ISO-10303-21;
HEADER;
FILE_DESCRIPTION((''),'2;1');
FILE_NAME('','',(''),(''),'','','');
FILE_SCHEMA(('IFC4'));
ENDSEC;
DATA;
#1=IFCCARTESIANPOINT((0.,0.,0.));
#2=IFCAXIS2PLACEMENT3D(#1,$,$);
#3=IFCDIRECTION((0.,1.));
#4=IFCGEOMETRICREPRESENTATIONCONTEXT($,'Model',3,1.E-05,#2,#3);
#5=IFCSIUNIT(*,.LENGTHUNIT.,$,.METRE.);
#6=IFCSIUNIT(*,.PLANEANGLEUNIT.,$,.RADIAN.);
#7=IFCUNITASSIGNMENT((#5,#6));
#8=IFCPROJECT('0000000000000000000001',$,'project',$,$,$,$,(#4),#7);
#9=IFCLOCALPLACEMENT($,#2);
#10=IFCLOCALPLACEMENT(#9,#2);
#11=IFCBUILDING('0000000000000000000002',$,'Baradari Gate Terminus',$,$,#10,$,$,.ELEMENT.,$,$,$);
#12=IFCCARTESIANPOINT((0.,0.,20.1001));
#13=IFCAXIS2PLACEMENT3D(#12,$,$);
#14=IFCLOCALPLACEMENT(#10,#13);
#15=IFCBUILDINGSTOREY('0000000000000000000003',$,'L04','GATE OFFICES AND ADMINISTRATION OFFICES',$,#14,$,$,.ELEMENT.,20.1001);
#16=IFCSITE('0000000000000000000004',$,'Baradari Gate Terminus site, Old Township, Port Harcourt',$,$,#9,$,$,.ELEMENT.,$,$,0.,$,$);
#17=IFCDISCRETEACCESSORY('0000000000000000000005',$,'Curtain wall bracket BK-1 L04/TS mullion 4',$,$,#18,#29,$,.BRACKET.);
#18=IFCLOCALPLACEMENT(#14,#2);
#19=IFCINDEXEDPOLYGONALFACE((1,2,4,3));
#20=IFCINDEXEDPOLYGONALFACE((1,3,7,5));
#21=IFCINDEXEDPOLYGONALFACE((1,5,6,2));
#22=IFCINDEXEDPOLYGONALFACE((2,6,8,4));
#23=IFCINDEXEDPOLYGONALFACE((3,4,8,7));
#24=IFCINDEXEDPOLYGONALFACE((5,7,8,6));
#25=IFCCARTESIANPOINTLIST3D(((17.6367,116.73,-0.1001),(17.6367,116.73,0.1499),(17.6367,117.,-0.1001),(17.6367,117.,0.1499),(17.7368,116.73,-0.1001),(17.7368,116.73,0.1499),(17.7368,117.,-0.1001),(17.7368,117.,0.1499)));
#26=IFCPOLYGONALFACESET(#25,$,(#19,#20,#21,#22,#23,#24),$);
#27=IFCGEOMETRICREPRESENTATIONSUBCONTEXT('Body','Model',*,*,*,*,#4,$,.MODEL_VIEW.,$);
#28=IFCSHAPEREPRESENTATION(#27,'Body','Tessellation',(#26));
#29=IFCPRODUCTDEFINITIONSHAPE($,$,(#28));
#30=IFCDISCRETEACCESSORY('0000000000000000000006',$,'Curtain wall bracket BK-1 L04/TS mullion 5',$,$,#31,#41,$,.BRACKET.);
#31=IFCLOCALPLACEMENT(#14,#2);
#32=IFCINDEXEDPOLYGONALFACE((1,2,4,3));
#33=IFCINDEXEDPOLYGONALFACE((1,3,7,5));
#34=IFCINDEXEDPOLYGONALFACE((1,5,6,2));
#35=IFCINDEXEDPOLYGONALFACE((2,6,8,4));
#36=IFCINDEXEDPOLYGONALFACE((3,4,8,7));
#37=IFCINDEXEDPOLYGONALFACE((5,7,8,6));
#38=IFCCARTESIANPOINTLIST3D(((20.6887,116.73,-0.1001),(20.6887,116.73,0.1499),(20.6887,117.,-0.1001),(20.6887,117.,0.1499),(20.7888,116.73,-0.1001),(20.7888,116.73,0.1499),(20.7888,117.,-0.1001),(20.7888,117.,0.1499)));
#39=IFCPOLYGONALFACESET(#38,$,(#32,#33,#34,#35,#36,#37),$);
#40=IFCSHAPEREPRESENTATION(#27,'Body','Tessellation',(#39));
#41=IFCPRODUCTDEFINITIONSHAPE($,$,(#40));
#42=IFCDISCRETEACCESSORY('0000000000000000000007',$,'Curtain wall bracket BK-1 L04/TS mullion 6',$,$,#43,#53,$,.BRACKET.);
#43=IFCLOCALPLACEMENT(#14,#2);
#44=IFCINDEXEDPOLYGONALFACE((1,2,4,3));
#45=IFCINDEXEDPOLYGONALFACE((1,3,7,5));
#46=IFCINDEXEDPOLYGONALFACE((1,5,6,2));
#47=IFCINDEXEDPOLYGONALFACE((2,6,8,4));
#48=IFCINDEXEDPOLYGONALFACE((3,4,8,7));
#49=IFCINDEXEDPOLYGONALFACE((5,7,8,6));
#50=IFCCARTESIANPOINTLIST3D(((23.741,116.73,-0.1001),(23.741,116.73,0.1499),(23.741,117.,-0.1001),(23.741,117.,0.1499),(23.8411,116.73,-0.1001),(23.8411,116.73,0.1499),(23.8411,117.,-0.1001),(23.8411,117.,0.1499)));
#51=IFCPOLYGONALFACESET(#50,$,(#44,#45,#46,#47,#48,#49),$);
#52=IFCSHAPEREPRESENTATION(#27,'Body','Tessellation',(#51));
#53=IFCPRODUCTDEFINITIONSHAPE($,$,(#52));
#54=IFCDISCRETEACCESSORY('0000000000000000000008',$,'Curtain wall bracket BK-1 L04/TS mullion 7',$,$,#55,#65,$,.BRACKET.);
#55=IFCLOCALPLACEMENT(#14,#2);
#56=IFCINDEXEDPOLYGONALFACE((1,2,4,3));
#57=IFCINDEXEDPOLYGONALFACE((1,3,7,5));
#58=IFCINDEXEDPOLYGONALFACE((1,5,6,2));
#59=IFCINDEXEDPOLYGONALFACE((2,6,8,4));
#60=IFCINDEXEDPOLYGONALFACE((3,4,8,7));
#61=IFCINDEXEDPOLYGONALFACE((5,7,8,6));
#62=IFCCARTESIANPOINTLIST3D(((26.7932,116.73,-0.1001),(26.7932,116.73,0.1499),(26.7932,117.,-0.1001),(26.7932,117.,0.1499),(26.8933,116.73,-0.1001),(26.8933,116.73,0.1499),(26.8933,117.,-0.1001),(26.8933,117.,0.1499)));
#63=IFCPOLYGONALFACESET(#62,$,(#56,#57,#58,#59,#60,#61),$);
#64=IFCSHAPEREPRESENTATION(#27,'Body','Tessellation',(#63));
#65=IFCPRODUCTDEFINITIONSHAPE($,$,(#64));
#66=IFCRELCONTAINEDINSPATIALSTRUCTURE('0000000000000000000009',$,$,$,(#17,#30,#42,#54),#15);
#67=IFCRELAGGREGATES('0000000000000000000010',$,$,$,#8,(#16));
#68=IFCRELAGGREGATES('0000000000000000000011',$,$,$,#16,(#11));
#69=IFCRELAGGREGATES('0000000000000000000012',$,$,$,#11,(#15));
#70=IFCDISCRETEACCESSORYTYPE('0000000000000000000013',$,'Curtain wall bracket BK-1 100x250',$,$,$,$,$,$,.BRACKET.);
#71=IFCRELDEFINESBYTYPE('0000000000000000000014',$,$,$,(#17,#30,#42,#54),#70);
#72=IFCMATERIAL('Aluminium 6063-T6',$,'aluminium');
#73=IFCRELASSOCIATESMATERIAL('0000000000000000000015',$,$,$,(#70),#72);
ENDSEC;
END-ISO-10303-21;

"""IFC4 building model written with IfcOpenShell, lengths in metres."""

from ifc_helpers import new_model, si_unit, direction, frame, origin, origin_2d, place, context, subcontext, project, spatial, rectangle, extrude, material, type_object, element, save


model = new_model("IFC4")

# Units and contexts
model_context = context("Model", 3, precision=1e-05, world=origin(), true_north=direction((0.0, 1.0)))
body_context = subcontext(model_context, "Body", "Model", "MODEL_VIEW")
ifc_project = project(units=[si_unit("LENGTHUNIT", "METRE"), si_unit("PLANEANGLEUNIT", "RADIAN")], contexts=[model_context])

# Site, building, storey
site_placement = place(None, origin())
site = spatial("IfcSite", under=ifc_project, at=site_placement, Name="Baradari Gate Terminus site, Old Township, Port Harcourt", CompositionType="ELEMENT", RefElevation=0.0)
building_placement = place(site_placement, origin())
building = spatial("IfcBuilding", under=site, at=building_placement, Name="Baradari Gate Terminus", CompositionType="ELEMENT")
storey_placement = place(building_placement, frame((0.0, 0.0, 20.1001)))
storey = spatial("IfcBuildingStorey", under=building, at=storey_placement, Name="L04", Description="GATE OFFICES AND ADMINISTRATION OFFICES", CompositionType="ELEMENT", Elevation=20.1001)

# Discrete accessories
ifc_material_1 = material(Name="Aluminium 6063-T6", Category="aluminium")
discrete_accessory_type = type_object("IfcDiscreteAccessoryType", Name="Curtain wall bracket BK-1 100x250", PredefinedType="BRACKET", material=ifc_material_1)
for number, where, z_axis, x_axis, name in (
    (1, (17.6868, 116.865, -0.1001), (0.0, 0.0, 1.0), (0.0, -1.0, 0.0), "Curtain wall bracket BK-1 L04/TS mullion 4"),
    (2, (20.7388, 116.865, -0.1001), (0.0, 0.0, 1.0), (0.0, -1.0, 0.0), "Curtain wall bracket BK-1 L04/TS mullion 5"),
    (3, (23.791, 116.865, -0.1001), (0.0, 0.0, 1.0), (0.0, -1.0, 0.0), "Curtain wall bracket BK-1 L04/TS mullion 6"),
    (4, (26.8433, 116.865, -0.1001), (0.0, 0.0, 1.0), (0.0, -1.0, 0.0), "Curtain wall bracket BK-1 L04/TS mullion 7"),
):
    element("IfcDiscreteAccessory", number, at=place(storey_placement, frame(where, z_axis=z_axis, x_axis=x_axis)), inside=storey, type_object=discrete_accessory_type, Name=name, PredefinedType="BRACKET", context=body_context, shape_type="SweptSolid", body=[
        extrude(rectangle(XDim=0.27, YDim=0.1001, at=origin_2d()), origin(), (0.0, 0.0, 1.0), 0.25),
    ])

save(model, "model.ifc")
